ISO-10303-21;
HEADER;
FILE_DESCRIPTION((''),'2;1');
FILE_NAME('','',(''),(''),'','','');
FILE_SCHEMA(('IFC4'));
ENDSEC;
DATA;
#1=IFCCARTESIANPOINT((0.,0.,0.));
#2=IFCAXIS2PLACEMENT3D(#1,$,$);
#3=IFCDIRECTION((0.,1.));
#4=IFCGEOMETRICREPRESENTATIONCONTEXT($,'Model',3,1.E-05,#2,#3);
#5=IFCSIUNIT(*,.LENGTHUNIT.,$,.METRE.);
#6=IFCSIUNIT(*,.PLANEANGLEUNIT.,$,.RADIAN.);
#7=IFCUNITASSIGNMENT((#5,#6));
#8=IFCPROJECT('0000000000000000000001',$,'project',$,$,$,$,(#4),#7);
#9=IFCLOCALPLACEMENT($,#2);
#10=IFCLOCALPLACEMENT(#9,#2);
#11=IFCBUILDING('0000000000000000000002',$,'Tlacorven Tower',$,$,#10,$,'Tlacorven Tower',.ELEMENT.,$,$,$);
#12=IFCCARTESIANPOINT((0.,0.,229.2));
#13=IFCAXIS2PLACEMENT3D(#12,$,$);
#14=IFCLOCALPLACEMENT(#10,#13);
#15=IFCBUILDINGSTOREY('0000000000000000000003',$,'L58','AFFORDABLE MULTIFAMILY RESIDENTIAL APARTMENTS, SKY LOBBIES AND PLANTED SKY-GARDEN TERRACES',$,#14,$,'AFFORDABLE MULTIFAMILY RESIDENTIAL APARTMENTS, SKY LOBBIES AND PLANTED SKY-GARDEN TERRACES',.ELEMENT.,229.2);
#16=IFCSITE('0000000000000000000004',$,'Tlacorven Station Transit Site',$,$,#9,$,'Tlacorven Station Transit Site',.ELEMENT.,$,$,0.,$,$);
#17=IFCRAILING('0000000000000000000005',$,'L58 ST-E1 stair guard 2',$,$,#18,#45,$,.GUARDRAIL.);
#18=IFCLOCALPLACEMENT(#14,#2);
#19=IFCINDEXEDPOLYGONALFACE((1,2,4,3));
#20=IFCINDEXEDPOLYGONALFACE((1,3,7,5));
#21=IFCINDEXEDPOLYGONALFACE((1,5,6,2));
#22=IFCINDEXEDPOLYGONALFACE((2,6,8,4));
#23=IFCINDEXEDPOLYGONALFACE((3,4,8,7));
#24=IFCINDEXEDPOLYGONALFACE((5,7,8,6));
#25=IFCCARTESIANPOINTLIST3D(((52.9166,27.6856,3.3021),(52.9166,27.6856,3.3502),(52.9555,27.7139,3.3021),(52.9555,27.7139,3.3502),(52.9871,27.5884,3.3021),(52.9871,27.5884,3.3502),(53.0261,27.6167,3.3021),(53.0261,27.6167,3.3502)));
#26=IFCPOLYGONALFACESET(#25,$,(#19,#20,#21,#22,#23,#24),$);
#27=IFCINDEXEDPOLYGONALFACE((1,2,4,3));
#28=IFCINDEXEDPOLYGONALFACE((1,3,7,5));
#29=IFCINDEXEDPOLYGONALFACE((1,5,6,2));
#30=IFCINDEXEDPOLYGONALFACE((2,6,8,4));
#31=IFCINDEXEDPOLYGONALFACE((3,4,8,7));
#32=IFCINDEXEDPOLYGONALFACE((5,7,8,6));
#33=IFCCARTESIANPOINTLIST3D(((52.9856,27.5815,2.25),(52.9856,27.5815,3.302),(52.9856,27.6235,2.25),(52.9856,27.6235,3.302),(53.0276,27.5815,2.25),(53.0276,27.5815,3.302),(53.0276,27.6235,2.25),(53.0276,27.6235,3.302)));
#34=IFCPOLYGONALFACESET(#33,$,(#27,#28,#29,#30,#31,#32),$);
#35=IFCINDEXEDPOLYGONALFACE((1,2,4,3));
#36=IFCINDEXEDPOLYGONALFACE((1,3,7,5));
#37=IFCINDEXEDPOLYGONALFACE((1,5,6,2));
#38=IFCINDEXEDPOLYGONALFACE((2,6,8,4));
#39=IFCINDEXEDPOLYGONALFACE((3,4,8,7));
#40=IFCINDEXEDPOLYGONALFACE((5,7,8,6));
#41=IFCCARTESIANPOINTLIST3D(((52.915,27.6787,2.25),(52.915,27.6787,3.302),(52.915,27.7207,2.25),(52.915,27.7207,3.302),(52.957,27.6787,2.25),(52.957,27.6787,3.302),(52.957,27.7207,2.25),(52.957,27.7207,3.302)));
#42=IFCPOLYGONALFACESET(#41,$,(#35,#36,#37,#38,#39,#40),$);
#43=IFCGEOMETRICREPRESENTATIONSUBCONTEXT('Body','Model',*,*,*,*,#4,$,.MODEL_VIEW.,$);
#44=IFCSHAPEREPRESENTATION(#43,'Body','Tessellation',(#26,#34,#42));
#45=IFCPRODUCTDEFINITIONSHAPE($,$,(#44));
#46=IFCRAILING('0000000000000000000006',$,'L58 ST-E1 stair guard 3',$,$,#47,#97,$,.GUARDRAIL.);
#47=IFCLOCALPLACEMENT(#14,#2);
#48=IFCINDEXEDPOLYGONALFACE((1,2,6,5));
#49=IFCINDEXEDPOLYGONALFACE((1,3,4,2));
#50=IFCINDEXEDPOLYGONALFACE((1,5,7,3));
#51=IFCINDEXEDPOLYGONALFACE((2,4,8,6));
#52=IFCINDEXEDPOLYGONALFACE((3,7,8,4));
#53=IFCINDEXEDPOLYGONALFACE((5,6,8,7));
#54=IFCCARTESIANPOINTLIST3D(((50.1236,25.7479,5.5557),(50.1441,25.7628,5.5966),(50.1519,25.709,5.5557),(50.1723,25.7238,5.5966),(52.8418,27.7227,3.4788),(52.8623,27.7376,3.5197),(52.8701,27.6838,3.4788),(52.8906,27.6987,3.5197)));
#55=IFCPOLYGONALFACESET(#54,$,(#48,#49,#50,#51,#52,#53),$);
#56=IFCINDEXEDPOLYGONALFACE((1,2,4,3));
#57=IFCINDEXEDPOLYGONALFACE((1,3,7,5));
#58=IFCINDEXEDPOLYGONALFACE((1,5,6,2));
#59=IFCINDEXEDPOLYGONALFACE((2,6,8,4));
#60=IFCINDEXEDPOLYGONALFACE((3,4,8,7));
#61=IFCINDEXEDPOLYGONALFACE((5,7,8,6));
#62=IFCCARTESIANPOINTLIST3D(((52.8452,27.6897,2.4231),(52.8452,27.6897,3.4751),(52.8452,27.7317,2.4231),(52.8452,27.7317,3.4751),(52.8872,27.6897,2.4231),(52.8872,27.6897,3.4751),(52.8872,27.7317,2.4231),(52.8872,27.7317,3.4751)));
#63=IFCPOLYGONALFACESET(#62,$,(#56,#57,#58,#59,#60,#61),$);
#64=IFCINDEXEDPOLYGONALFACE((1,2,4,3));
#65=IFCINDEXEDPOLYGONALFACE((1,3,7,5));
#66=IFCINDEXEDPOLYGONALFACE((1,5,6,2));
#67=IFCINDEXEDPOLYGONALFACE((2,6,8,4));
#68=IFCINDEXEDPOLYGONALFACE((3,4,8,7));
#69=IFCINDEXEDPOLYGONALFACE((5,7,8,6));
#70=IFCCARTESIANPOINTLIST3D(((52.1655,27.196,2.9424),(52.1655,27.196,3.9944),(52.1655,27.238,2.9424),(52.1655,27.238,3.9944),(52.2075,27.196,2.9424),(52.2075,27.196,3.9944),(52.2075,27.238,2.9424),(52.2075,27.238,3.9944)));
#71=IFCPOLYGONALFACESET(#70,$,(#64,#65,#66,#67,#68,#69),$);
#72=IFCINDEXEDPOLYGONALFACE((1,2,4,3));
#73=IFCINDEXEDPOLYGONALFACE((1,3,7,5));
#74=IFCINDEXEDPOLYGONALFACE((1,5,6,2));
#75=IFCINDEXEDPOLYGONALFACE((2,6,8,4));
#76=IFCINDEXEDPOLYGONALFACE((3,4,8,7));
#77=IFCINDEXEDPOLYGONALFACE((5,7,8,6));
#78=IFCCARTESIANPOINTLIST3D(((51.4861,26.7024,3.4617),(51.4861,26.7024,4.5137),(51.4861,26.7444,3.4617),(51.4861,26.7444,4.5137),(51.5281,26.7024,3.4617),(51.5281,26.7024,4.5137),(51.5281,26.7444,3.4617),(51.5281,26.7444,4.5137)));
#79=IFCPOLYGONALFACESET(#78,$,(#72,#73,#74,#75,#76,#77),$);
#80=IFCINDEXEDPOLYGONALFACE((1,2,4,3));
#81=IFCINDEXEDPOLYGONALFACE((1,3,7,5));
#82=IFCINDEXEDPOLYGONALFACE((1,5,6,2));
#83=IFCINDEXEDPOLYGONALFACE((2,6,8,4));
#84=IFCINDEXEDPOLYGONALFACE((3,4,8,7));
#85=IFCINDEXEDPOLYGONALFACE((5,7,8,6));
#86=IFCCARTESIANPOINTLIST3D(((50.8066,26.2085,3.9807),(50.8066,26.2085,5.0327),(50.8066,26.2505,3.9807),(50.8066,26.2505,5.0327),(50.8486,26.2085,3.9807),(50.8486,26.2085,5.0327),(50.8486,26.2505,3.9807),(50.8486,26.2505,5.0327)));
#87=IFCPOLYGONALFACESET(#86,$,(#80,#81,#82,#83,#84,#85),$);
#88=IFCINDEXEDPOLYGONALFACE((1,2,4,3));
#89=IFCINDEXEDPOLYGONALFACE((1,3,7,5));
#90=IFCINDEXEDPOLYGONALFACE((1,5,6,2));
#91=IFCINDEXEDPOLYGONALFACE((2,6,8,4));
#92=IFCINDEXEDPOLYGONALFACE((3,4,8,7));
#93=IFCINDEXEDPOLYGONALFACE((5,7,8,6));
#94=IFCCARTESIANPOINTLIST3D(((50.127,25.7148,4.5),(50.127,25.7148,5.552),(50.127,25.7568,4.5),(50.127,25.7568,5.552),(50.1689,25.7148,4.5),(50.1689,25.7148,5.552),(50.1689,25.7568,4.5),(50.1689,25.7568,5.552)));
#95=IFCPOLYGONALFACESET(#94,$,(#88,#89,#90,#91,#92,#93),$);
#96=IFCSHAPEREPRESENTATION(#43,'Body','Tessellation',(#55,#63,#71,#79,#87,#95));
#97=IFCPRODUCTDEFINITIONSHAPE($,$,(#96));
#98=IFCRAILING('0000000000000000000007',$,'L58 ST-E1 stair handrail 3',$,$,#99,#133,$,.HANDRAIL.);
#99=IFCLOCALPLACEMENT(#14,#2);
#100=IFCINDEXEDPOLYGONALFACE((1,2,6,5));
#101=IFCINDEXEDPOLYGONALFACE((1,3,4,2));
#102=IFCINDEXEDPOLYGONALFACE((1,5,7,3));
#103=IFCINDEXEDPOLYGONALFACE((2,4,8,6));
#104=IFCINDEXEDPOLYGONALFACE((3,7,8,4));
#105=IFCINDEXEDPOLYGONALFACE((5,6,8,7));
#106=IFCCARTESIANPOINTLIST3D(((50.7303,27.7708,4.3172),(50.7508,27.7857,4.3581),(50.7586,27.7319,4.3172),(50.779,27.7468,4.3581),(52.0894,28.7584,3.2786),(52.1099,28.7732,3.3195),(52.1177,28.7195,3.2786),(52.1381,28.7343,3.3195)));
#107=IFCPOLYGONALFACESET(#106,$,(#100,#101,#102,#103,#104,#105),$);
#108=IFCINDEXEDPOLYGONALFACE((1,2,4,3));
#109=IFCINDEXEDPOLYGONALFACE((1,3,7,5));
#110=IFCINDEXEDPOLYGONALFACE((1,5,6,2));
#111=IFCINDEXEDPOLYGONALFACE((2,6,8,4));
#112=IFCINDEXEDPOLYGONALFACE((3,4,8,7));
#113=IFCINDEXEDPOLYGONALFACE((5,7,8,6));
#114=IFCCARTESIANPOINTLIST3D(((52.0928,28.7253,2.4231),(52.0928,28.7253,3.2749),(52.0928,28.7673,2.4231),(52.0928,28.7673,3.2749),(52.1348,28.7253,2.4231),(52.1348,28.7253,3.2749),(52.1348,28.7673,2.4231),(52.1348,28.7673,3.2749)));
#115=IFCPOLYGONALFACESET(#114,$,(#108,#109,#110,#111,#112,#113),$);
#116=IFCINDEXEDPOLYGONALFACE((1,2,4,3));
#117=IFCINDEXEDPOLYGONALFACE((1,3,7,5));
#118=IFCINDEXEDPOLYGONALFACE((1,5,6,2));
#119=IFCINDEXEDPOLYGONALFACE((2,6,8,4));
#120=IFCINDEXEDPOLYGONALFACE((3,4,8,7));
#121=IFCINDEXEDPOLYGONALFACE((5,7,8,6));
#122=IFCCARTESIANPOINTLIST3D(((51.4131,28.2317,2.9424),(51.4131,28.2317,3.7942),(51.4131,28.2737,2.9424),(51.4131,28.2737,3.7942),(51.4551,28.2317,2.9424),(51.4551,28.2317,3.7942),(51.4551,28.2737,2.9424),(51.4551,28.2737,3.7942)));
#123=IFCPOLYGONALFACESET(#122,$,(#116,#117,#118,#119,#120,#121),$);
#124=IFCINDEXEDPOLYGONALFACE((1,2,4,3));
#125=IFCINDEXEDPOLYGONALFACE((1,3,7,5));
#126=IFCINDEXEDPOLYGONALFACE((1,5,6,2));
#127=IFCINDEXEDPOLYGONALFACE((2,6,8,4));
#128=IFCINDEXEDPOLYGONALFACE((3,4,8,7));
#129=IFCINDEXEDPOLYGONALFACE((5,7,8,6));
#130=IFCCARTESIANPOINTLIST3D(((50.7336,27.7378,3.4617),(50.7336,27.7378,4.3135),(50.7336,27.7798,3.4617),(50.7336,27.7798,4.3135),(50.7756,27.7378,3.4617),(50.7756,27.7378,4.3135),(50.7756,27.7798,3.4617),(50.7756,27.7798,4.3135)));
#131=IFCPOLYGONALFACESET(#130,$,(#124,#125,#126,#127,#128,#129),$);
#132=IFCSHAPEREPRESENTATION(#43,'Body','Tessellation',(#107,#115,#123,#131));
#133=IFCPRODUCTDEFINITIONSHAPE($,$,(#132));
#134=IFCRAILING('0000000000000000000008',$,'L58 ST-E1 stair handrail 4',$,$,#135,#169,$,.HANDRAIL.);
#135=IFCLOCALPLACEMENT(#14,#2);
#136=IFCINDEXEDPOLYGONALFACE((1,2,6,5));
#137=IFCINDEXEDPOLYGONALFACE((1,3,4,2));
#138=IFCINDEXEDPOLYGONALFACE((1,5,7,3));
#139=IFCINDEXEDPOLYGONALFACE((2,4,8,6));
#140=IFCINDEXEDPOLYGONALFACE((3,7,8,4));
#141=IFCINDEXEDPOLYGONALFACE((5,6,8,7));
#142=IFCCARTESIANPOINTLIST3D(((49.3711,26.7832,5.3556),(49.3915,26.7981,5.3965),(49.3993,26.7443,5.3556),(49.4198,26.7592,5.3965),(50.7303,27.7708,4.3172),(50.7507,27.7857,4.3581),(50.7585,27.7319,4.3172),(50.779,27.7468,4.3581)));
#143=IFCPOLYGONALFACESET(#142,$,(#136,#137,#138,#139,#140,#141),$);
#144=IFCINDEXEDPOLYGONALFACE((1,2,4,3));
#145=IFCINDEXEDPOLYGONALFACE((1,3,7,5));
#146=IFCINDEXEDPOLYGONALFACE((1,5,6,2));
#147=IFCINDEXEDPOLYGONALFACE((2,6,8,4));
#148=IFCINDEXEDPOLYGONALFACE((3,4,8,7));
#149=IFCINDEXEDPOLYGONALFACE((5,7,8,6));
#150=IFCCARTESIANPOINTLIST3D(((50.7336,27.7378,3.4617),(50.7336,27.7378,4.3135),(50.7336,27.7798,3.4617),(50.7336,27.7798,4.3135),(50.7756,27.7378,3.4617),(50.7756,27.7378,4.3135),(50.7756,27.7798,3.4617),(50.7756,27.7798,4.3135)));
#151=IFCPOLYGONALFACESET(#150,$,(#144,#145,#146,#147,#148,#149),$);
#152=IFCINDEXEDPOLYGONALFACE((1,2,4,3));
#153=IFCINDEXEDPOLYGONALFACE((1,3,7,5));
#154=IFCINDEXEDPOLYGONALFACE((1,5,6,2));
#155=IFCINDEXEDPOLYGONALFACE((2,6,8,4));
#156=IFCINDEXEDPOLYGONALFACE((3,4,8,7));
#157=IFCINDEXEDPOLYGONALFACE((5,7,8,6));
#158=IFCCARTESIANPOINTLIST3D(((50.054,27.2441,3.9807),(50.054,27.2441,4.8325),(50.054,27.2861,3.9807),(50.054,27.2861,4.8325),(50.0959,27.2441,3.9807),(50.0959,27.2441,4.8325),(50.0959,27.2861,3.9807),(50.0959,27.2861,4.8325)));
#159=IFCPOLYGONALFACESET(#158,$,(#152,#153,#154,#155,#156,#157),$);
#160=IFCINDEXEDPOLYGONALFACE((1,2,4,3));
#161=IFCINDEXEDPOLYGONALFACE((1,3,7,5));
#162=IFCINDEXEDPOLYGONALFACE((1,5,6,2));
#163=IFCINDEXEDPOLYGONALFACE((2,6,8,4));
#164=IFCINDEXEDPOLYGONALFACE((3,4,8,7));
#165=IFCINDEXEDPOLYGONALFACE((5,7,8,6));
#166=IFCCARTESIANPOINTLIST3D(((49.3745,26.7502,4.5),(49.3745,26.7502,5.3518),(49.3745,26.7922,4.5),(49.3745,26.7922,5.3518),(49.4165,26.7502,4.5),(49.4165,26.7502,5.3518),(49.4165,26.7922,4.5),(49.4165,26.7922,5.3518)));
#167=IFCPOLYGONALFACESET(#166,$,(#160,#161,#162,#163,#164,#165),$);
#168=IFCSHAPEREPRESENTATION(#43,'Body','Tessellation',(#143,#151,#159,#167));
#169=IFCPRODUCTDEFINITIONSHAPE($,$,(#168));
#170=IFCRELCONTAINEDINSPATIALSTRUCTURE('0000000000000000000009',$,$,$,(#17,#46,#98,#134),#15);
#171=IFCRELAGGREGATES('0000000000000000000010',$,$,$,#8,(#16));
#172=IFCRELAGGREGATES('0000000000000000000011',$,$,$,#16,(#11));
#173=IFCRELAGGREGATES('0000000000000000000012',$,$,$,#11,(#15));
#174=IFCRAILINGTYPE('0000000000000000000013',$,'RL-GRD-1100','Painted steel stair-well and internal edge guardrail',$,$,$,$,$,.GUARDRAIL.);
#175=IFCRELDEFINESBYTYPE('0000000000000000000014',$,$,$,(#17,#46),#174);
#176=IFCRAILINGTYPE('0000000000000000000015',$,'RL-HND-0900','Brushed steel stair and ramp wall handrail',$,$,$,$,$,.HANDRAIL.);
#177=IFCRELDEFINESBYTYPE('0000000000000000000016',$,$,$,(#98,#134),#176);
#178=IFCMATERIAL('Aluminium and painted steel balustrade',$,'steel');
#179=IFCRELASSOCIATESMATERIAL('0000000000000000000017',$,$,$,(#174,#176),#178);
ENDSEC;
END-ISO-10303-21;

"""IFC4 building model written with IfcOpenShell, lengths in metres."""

from ifc_helpers import new_model, si_unit, direction, frame, origin, origin_2d, place, context, subcontext, project, spatial, rectangle, extrude, source, transform, mapped, material, type_object, element, save


model = new_model("IFC4")

# Units and contexts
model_context = context("Model", 3, precision=1e-05, world=origin(), true_north=direction((0.0, 1.0)))
body_context = subcontext(model_context, "Body", "Model", "MODEL_VIEW")
ifc_project = project(units=[si_unit("LENGTHUNIT", "METRE"), si_unit("PLANEANGLEUNIT", "RADIAN")], contexts=[model_context])

# Site, building, storey
site_placement = place(None, origin())
site = spatial("IfcSite", under=ifc_project, at=site_placement, Name="Tlacorven Station Transit Site", LongName="Tlacorven Station Transit Site", CompositionType="ELEMENT", RefElevation=0.0)
building_placement = place(site_placement, origin())
building = spatial("IfcBuilding", under=site, at=building_placement, Name="Tlacorven Tower", LongName="Tlacorven Tower", CompositionType="ELEMENT")
storey_placement = place(building_placement, frame((0.0, 0.0, 229.2)))
storey = spatial("IfcBuildingStorey", under=building, at=storey_placement, Name="L58", Description="AFFORDABLE MULTIFAMILY RESIDENTIAL APARTMENTS, SKY LOBBIES AND PLANTED SKY-GARDEN TERRACES", LongName="AFFORDABLE MULTIFAMILY RESIDENTIAL APARTMENTS, SKY LOBBIES AND PLANTED SKY-GARDEN TERRACES", CompositionType="ELEMENT", Elevation=229.2)

# Shared definitions
ifc_material_1 = material(Name="Aluminium and painted steel balustrade", Category="steel")

# Railings
railing_type_1 = type_object("IfcRailingType", Name="RL-GRD-1100", Description="Painted steel stair-well and internal edge guardrail", PredefinedType="GUARDRAIL", material=ifc_material_1)
shared_shape_1 = source(origin(), body_context, "Body", "SweptSolid", [
    extrude(rectangle(XDim=0.0481, YDim=0.0481, at=origin_2d()), frame((0.0, 0.0, 1.0762), z_axis=(-0.587567, 0.809175, 0.0), x_axis=(-0.809175, -0.587567, 0.0)), (0.0, 0.0, 1.0), 0.1201),
    extrude(rectangle(XDim=0.042, YDim=0.042, at=origin_2d()), origin(), (0.0, 0.0, 1.0), 1.052),
    extrude(rectangle(XDim=0.042, YDim=0.042, at=origin_2d()), frame((-0.0706, 0.0972, 0.0)), (0.0, 0.0, 1.0), 1.052),
])
railing_1_placement = place(storey_placement, frame((53.0066, 27.6025, 2.25)))
element("IfcRailing", 1, at=railing_1_placement, inside=storey, type_object=railing_type_1, Name="L58 ST-E1 stair guard 2", PredefinedType="GUARDRAIL", context=body_context, shape_type="MappedRepresentation", body=[
    mapped(shared_shape_1, transform((0.0, 0.0, 0.0), scale=1.0)),
])
shared_shape_2 = source(origin(), body_context, "Body", "SweptSolid", [
    extrude(rectangle(XDim=0.0481, YDim=0.0481, at=origin_2d()), frame((0.0, 0.0, 1.0762), z_axis=(-0.688167, -0.499963, 0.525798), x_axis=(0.58777, -0.809028, 0.0)), (0.0, 0.0, 1.0), 3.95),
    extrude(rectangle(XDim=0.042, YDim=0.042, at=origin_2d()), origin(), (0.0, 0.0, 1.0), 1.052),
    extrude(rectangle(XDim=0.042, YDim=0.042, at=origin_2d()), frame((-0.6797, -0.4937, 0.5193)), (0.0, 0.0, 1.0), 1.052),
    extrude(rectangle(XDim=0.042, YDim=0.042, at=origin_2d()), frame((-1.3591, -0.9873, 1.0386)), (0.0, 0.0, 1.0), 1.052),
    extrude(rectangle(XDim=0.042, YDim=0.042, at=origin_2d()), frame((-2.0386, -1.4812, 1.5576)), (0.0, 0.0, 1.0), 1.052),
    extrude(rectangle(XDim=0.042, YDim=0.042, at=origin_2d()), frame((-2.7183, -1.9749, 2.0769)), (0.0, 0.0, 1.0), 1.052),
])
railing_2_placement = place(storey_placement, frame((52.8662, 27.7107, 2.4231)))
element("IfcRailing", 2, at=railing_2_placement, inside=storey, type_object=railing_type_1, Name="L58 ST-E1 stair guard 3", PredefinedType="GUARDRAIL", context=body_context, shape_type="MappedRepresentation", body=[
    mapped(shared_shape_2, transform((0.0, 0.0, 0.0), scale=1.0)),
])
railing_type_2 = type_object("IfcRailingType", Name="RL-HND-0900", Description="Brushed steel stair and ramp wall handrail", PredefinedType="HANDRAIL", material=ifc_material_1)
shared_shape_3 = source(origin(), body_context, "Body", "SweptSolid", [
    extrude(rectangle(XDim=0.0481, YDim=0.0481, at=origin_2d()), frame((0.0, 0.0, 0.876), z_axis=(-0.688123, -0.499993, 0.525827), x_axis=(0.587817, -0.808994, 0.0)), (0.0, 0.0, 1.0), 1.9751),
    extrude(rectangle(XDim=0.042, YDim=0.042, at=origin_2d()), origin(), (0.0, 0.0, 1.0), 0.8518),
    extrude(rectangle(XDim=0.042, YDim=0.042, at=origin_2d()), frame((-0.6797, -0.4937, 0.5193)), (0.0, 0.0, 1.0), 0.8518),
    extrude(rectangle(XDim=0.042, YDim=0.042, at=origin_2d()), frame((-1.3591, -0.9875, 1.0386)), (0.0, 0.0, 1.0), 0.8518),
])
railing_3_placement = place(storey_placement, frame((52.1138, 28.7463, 2.4231)))
element("IfcRailing", 3, at=railing_3_placement, inside=storey, type_object=railing_type_2, Name="L58 ST-E1 stair handrail 3", PredefinedType="HANDRAIL", context=body_context, shape_type="MappedRepresentation", body=[
    mapped(shared_shape_3, transform((0.0, 0.0, 0.0), scale=1.0)),
])
shared_shape_4 = source(origin(), body_context, "Body", "SweptSolid", [
    extrude(rectangle(XDim=0.0481, YDim=0.0481, at=origin_2d()), frame((0.0, 0.0, 0.876), z_axis=(-0.688168, -0.500025, 0.525737), x_axis=(0.587817, -0.808994, 0.0)), (0.0, 0.0, 1.0), 1.9751),
    extrude(rectangle(XDim=0.042, YDim=0.042, at=origin_2d()), origin(), (0.0, 0.0, 1.0), 0.8518),
    extrude(rectangle(XDim=0.042, YDim=0.042, at=origin_2d()), frame((-0.6797, -0.4937, 0.519)), (0.0, 0.0, 1.0), 0.8518),
    extrude(rectangle(XDim=0.042, YDim=0.042, at=origin_2d()), frame((-1.3591, -0.9875, 1.0383)), (0.0, 0.0, 1.0), 0.8518),
])
railing_4_placement = place(storey_placement, frame((50.7546, 27.7588, 3.4617)))
element("IfcRailing", 4, at=railing_4_placement, inside=storey, type_object=railing_type_2, Name="L58 ST-E1 stair handrail 4", PredefinedType="HANDRAIL", context=body_context, shape_type="MappedRepresentation", body=[
    mapped(shared_shape_4, transform((0.0, 0.0, 0.0), scale=1.0)),
])

save(model, "model.ifc")
